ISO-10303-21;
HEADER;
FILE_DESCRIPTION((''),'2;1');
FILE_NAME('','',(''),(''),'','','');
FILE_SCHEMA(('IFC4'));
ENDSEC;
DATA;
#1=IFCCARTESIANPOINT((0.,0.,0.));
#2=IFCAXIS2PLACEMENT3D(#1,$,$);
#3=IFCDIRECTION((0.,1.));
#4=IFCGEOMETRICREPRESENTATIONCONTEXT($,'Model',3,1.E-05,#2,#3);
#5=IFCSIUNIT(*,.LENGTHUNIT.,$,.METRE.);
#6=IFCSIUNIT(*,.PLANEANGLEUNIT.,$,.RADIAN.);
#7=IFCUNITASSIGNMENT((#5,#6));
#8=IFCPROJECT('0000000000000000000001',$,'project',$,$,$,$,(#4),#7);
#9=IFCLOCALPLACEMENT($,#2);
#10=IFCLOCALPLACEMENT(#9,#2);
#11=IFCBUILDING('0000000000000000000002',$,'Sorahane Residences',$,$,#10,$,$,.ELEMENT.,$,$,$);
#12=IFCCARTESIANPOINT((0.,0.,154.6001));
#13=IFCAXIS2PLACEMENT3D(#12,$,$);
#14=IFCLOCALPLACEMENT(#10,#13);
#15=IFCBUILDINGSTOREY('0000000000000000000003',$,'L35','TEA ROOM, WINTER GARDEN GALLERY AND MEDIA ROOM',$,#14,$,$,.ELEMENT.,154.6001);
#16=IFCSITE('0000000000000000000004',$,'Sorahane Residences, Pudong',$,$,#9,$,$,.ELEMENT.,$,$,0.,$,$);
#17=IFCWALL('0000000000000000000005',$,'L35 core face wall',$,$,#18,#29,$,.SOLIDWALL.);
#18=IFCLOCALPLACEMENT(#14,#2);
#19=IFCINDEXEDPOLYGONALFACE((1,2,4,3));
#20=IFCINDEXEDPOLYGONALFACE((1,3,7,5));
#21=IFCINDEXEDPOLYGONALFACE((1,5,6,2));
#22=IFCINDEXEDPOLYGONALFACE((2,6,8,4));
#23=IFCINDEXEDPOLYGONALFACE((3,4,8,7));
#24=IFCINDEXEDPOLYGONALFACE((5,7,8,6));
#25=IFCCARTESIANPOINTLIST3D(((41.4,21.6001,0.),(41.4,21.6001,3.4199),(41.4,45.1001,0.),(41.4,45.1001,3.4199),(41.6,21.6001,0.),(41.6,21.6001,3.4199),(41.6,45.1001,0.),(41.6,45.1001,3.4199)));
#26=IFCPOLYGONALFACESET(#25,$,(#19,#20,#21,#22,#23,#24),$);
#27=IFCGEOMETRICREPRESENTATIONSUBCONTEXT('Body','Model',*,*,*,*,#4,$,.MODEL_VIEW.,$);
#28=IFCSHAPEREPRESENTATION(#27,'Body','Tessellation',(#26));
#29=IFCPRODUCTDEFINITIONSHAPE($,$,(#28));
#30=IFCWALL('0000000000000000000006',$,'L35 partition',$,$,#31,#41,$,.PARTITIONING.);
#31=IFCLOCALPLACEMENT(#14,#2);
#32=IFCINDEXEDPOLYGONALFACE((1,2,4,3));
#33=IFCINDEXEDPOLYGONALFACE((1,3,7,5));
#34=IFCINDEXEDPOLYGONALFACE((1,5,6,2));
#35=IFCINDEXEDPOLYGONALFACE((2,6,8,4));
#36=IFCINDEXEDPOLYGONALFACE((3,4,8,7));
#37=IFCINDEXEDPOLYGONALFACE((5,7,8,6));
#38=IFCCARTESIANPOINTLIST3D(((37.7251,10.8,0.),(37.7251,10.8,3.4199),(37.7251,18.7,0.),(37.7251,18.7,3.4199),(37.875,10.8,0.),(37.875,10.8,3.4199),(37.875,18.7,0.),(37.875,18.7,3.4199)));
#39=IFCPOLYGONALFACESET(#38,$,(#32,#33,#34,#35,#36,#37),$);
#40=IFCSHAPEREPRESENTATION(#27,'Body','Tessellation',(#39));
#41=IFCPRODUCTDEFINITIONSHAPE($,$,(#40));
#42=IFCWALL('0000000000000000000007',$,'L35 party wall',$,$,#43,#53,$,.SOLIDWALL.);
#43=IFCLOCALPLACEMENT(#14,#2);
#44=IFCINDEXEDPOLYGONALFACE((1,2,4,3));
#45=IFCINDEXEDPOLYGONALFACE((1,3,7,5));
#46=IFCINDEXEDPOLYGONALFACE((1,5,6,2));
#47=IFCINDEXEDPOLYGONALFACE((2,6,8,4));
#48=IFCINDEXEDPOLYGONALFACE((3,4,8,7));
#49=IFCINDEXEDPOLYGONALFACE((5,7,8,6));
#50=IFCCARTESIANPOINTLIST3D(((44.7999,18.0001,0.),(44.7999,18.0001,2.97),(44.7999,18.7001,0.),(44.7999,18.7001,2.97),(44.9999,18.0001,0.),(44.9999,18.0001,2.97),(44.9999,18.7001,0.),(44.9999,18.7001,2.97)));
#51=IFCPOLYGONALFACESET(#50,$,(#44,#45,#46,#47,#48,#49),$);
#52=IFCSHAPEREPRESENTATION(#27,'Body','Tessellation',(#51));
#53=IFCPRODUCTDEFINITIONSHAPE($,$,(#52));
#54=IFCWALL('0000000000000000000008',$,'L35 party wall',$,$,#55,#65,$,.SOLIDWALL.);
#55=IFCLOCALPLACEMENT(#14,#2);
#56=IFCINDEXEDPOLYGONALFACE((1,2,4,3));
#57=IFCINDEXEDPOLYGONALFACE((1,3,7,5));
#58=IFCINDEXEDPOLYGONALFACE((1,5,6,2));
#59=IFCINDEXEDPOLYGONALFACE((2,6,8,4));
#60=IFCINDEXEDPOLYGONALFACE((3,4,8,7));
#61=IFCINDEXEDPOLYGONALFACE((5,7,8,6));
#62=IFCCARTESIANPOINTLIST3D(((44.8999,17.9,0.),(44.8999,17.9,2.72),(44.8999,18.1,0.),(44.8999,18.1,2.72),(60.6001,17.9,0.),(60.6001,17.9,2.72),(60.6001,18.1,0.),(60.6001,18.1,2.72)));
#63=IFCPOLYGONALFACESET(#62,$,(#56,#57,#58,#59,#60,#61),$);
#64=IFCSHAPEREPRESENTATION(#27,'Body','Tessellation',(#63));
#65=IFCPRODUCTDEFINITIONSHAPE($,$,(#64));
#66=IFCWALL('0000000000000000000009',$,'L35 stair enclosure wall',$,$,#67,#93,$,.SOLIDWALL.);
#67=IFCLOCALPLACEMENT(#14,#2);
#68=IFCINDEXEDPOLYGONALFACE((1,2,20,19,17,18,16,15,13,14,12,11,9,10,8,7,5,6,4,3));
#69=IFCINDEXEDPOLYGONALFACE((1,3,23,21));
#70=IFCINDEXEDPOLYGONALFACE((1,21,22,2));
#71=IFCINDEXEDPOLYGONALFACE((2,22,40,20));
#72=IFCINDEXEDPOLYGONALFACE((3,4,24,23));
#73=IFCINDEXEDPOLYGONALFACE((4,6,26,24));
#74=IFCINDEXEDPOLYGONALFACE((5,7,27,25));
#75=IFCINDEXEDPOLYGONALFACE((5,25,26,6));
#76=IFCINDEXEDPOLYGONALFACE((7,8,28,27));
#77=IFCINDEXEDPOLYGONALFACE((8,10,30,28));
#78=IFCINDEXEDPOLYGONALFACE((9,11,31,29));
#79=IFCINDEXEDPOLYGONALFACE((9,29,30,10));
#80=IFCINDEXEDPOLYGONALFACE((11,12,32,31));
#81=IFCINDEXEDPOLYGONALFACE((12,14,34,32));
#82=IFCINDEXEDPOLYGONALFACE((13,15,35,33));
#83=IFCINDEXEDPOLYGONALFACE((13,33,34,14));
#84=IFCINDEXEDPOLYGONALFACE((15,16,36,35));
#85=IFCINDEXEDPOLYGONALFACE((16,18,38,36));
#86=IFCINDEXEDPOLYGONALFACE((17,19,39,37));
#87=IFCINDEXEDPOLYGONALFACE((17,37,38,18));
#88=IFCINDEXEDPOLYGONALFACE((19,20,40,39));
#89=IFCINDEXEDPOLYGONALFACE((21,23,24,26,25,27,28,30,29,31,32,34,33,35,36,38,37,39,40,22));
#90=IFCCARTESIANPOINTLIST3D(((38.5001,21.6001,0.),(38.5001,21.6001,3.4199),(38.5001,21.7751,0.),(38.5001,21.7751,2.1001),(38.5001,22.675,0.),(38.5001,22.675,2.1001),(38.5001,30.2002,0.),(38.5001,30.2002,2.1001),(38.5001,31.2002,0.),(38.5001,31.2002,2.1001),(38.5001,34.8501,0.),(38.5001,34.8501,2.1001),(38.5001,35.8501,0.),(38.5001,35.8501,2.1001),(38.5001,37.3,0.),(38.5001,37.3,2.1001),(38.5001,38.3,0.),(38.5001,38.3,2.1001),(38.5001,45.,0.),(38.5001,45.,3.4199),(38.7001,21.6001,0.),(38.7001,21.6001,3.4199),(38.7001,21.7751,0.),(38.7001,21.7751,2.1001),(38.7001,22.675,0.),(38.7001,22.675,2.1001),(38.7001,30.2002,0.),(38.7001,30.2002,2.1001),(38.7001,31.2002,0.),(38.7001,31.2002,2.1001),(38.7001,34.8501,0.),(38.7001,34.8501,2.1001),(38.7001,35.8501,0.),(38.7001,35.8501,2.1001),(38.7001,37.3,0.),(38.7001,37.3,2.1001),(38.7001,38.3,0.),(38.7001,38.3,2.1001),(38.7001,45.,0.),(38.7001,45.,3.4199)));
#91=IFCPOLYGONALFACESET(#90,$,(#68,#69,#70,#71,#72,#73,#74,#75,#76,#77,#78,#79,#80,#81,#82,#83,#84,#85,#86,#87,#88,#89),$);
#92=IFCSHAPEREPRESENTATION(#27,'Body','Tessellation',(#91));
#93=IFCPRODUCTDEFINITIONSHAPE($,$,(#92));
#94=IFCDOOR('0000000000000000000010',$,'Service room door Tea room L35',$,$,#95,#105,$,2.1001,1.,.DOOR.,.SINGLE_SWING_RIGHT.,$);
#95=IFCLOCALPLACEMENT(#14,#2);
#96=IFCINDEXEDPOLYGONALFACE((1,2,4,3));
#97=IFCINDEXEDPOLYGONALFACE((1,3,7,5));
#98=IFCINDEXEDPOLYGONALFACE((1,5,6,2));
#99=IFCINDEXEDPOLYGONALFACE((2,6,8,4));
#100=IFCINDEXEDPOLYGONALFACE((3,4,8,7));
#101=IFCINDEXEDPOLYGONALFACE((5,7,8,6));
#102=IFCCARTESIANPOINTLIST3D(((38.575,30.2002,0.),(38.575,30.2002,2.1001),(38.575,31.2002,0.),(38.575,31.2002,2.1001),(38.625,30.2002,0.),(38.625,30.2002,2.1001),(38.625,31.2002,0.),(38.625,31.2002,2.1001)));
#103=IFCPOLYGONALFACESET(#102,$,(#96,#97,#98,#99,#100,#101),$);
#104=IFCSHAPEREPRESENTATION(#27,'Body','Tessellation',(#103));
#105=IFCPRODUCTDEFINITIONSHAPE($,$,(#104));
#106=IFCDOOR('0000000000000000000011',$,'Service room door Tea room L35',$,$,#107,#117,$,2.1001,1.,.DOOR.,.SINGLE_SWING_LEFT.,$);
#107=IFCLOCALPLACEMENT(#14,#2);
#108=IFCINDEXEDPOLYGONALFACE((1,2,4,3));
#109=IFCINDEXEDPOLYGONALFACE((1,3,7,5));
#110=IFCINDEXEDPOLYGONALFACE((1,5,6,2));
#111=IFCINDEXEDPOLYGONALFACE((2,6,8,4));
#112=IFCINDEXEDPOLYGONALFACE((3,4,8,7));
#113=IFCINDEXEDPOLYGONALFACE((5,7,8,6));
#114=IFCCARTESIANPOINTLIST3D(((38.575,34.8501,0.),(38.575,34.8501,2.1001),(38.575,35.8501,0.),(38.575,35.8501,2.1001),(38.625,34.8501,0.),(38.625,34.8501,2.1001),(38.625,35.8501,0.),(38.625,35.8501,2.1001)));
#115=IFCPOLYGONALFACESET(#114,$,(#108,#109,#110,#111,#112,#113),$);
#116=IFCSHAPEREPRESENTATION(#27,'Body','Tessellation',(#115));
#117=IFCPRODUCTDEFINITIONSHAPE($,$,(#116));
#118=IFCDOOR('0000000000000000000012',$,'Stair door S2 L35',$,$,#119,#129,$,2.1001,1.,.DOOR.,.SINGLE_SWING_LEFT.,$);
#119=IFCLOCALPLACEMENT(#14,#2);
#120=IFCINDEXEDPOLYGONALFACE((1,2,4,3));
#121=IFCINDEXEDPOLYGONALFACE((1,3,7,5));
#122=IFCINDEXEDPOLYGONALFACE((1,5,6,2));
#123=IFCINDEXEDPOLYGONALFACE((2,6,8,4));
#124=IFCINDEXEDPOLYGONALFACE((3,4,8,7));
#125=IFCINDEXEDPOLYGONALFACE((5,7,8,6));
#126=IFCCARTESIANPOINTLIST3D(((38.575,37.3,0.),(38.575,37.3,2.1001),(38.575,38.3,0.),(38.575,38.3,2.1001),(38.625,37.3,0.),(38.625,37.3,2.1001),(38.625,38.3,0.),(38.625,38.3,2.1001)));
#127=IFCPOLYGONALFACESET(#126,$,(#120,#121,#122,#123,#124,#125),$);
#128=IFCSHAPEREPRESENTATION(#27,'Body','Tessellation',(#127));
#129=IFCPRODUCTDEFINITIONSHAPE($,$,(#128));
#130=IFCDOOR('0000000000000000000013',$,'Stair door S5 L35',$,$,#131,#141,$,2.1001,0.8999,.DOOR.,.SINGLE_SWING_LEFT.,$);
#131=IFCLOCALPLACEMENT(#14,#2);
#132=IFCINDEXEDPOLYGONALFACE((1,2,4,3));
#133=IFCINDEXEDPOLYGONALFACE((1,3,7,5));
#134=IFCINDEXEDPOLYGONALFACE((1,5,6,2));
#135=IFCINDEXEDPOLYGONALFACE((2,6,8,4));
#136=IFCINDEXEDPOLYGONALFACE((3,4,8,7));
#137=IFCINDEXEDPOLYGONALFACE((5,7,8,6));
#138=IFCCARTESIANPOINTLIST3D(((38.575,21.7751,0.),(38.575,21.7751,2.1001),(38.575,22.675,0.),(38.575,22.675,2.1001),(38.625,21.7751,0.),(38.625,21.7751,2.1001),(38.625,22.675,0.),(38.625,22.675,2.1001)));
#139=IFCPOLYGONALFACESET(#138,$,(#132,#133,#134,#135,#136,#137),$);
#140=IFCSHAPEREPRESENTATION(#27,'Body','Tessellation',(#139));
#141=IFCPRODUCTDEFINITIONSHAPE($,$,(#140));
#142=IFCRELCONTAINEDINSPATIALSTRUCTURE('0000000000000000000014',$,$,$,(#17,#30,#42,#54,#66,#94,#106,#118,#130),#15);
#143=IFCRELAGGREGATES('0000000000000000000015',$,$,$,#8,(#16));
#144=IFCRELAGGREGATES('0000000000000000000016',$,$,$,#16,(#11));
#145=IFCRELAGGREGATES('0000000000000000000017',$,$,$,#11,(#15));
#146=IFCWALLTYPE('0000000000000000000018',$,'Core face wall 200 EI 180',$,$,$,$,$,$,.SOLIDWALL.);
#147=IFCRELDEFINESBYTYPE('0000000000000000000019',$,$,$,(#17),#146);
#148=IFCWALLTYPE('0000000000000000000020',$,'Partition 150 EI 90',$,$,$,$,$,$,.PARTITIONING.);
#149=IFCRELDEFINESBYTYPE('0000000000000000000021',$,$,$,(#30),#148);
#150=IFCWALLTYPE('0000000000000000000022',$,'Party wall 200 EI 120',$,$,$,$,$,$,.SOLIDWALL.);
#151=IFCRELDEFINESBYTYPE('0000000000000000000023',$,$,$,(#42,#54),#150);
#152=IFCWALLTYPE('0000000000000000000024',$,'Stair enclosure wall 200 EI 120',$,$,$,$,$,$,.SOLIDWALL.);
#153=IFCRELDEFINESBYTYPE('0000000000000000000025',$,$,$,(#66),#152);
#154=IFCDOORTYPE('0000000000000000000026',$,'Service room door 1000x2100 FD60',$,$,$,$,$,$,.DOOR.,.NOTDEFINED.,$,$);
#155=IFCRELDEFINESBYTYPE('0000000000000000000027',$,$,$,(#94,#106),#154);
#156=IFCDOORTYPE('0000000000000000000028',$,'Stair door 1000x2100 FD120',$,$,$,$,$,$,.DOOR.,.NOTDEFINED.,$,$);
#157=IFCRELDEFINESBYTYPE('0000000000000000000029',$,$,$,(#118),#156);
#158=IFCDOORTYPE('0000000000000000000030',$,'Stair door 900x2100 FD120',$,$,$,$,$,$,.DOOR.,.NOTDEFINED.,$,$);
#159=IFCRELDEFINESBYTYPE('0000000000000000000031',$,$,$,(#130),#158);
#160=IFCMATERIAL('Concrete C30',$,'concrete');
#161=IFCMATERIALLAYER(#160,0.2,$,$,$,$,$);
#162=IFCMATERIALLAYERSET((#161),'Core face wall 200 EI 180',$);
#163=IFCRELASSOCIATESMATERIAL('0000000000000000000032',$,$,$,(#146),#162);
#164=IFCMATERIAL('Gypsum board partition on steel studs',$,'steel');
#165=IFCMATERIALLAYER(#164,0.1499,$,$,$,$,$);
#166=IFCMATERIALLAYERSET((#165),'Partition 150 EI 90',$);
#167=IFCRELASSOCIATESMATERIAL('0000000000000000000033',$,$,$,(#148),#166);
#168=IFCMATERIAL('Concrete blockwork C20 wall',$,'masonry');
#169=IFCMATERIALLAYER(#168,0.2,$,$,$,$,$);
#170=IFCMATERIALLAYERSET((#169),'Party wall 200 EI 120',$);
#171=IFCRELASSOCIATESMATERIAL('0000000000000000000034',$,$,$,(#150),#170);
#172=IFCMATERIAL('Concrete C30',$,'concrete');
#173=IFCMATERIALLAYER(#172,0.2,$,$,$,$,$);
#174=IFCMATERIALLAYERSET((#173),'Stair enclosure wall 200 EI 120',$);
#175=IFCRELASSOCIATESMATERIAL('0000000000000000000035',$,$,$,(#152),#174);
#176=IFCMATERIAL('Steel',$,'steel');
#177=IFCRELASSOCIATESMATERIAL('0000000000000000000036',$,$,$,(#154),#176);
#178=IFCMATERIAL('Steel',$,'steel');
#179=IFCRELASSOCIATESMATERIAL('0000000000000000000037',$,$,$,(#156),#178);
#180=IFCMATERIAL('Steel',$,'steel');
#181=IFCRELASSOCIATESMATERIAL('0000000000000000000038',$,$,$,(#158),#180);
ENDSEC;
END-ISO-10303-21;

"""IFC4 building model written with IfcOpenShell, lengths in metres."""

from ifc_helpers import new_model, si_unit, direction, frame, frame_2d, origin, place, context, subcontext, project, spatial, rectangle, extrude, material, layer, layer_set, type_object, element, fill, save


model = new_model("IFC4")

# Units and contexts
model_context = context("Model", 3, precision=1e-05, world=origin(), true_north=direction((0.0, 1.0)))
body_context = subcontext(model_context, "Body", "Model", "MODEL_VIEW")
ifc_project = project(units=[si_unit("LENGTHUNIT", "METRE"), si_unit("PLANEANGLEUNIT", "RADIAN")], contexts=[model_context])

# Site, building, storey
site_placement = place(None, origin())
site = spatial("IfcSite", under=ifc_project, at=site_placement, Name="Sorahane Residences, Pudong", CompositionType="ELEMENT", RefElevation=0.0)
building_placement = place(site_placement, origin())
building = spatial("IfcBuilding", under=site, at=building_placement, Name="Sorahane Residences", CompositionType="ELEMENT")
storey_placement = place(building_placement, frame((0.0, 0.0, 154.6001)))
storey = spatial("IfcBuildingStorey", under=building, at=storey_placement, Name="L35", Description="TEA ROOM, WINTER GARDEN GALLERY AND MEDIA ROOM", CompositionType="ELEMENT", Elevation=154.6001)

# Walls
ifc_material_1 = material(Name="Concrete C30", Category="concrete")
ifc_layer_1 = layer(ifc_material_1, 0.2)
ifc_layer_set_1 = layer_set([ifc_layer_1], Name="Core face wall 200 EI 180")
wall_type_1 = type_object("IfcWallType", Name="Core face wall 200 EI 180", PredefinedType="SOLIDWALL", material=ifc_layer_set_1)
wall_1_placement = place(storey_placement, frame((41.5, 21.6001, 0.0), z_axis=(0.0, 0.0, 1.0), x_axis=(0.0, 1.0, 0.0)))
element("IfcWall", 1, at=wall_1_placement, inside=storey, type_object=wall_type_1, Name="L35 core face wall", PredefinedType="SOLIDWALL", context=body_context, shape_type="SweptSolid", body=[
    extrude(rectangle(XDim=23.5, YDim=0.2, at=frame_2d((11.75, 0.0))), origin(), (0.0, 0.0, 1.0), 3.4199),
])
ifc_material_2 = material(Name="Gypsum board partition on steel studs", Category="steel")
ifc_layer_2 = layer(ifc_material_2, 0.1499)
ifc_layer_set_2 = layer_set([ifc_layer_2], Name="Partition 150 EI 90")
wall_type_2 = type_object("IfcWallType", Name="Partition 150 EI 90", PredefinedType="PARTITIONING", material=ifc_layer_set_2)
wall_2_placement = place(storey_placement, frame((37.8, 10.8, 0.0), z_axis=(0.0, 0.0, 1.0), x_axis=(0.0, 1.0, 0.0)))
element("IfcWall", 2, at=wall_2_placement, inside=storey, type_object=wall_type_2, Name="L35 partition", PredefinedType="PARTITIONING", context=body_context, shape_type="SweptSolid", body=[
    extrude(rectangle(XDim=7.8999, YDim=0.1499, at=frame_2d((3.95, 0.0))), origin(), (0.0, 0.0, 1.0), 3.4199),
])
ifc_material_3 = material(Name="Concrete blockwork C20 wall", Category="masonry")
ifc_layer_3 = layer(ifc_material_3, 0.2)
ifc_layer_set_3 = layer_set([ifc_layer_3], Name="Party wall 200 EI 120")
wall_type_3 = type_object("IfcWallType", Name="Party wall 200 EI 120", PredefinedType="SOLIDWALL", material=ifc_layer_set_3)
wall_3_placement = place(storey_placement, frame((44.8999, 18.0, 0.0), z_axis=(0.0, 0.0, 1.0), x_axis=(0.0, 1.0, 0.0)))
element("IfcWall", 3, at=wall_3_placement, inside=storey, type_object=wall_type_3, Name="L35 party wall", PredefinedType="SOLIDWALL", context=body_context, shape_type="SweptSolid", body=[
    extrude(rectangle(XDim=0.7, YDim=0.2, at=frame_2d((0.3501, 0.0))), origin(), (0.0, 0.0, 1.0), 2.97),
])
wall_4_placement = place(storey_placement, frame((44.8999, 18.0, 0.0), z_axis=(0.0, 0.0, 1.0), x_axis=(1.0, 0.0, 0.0)))
element("IfcWall", 4, at=wall_4_placement, inside=storey, type_object=wall_type_3, Name="L35 party wall", PredefinedType="SOLIDWALL", context=body_context, shape_type="SweptSolid", body=[
    extrude(rectangle(XDim=15.7002, YDim=0.2, at=frame_2d((7.8501, 0.0))), origin(), (0.0, 0.0, 1.0), 2.72),
])

# Wall, openings, doors
ifc_material_4 = material(Name="Concrete C30", Category="concrete")
ifc_layer_4 = layer(ifc_material_4, 0.2)
ifc_layer_set_4 = layer_set([ifc_layer_4], Name="Stair enclosure wall 200 EI 120")
wall_type_4 = type_object("IfcWallType", Name="Stair enclosure wall 200 EI 120", PredefinedType="SOLIDWALL", material=ifc_layer_set_4)
wall_5_placement = place(storey_placement, frame((38.6001, 21.6001, 0.0), z_axis=(0.0, 0.0, 1.0), x_axis=(0.0, 1.0, 0.0)))
wall_5 = element("IfcWall", 5, at=wall_5_placement, inside=storey, type_object=wall_type_4, Name="L35 stair enclosure wall", PredefinedType="SOLIDWALL", context=body_context, shape_type="SweptSolid", body=[
    extrude(rectangle(XDim=23.3999, YDim=0.2, at=frame_2d((11.7, 0.0))), origin(), (0.0, 0.0, 1.0), 3.4199),
])
opening_1_placement = place(wall_5_placement, frame((8.6001, 0.0, 0.0)))
opening_1 = element("IfcOpeningElement", 6, at=opening_1_placement, cuts=wall_5, PredefinedType="OPENING", context=body_context, shape_type="SweptSolid", body=[
    extrude(rectangle(XDim=1.0, YDim=2.1001, at=frame_2d((0.5, 1.05))), frame((0.0, 0.1099, 0.0), z_axis=(0.0, -1.0, 0.0), x_axis=(1.0, 0.0, 0.0)), (0.0, 0.0, 1.0), 0.22),
])
opening_2_placement = place(wall_5_placement, frame((13.25, 0.0, 0.0)))
opening_2 = element("IfcOpeningElement", 7, at=opening_2_placement, cuts=wall_5, PredefinedType="OPENING", context=body_context, shape_type="SweptSolid", body=[
    extrude(rectangle(XDim=1.0, YDim=2.1001, at=frame_2d((0.5, 1.05))), frame((0.0, 0.1099, 0.0), z_axis=(0.0, -1.0, 0.0), x_axis=(1.0, 0.0, 0.0)), (0.0, 0.0, 1.0), 0.22),
])
opening_3_placement = place(wall_5_placement, frame((15.7, 0.0, 0.0)))
opening_3 = element("IfcOpeningElement", 8, at=opening_3_placement, cuts=wall_5, PredefinedType="OPENING", context=body_context, shape_type="SweptSolid", body=[
    extrude(rectangle(XDim=1.0, YDim=2.1001, at=frame_2d((0.5, 1.05))), frame((0.0, 0.1099, 0.0), z_axis=(0.0, -1.0, 0.0), x_axis=(1.0, 0.0, 0.0)), (0.0, 0.0, 1.0), 0.22),
])
opening_4_placement = place(wall_5_placement, frame((0.175, 0.0, 0.0)))
opening_4 = element("IfcOpeningElement", 9, at=opening_4_placement, cuts=wall_5, PredefinedType="OPENING", context=body_context, shape_type="SweptSolid", body=[
    extrude(rectangle(XDim=0.8999, YDim=2.1001, at=frame_2d((0.45, 1.05))), frame((0.0, 0.1099, 0.0), z_axis=(0.0, -1.0, 0.0), x_axis=(1.0, 0.0, 0.0)), (0.0, 0.0, 1.0), 0.22),
])
ifc_material_5 = material(Name="Steel", Category="steel")
door_type_1 = type_object("IfcDoorType", Name="Service room door 1000x2100 FD60", OperationType="NOTDEFINED", PredefinedType="DOOR", material=ifc_material_5)
door_1_placement = place(opening_1_placement, frame((1.0, 0.0, 0.0), z_axis=(0.0, 0.0, 1.0), x_axis=(-1.0, 0.0, 0.0)))
door_1 = element("IfcDoor", 10, at=door_1_placement, inside=storey, type_object=door_type_1, Name="Service room door Tea room L35", OperationType="SINGLE_SWING_RIGHT", OverallHeight=2.1001, OverallWidth=1.0, PredefinedType="DOOR", context=body_context, shape_type="SweptSolid", body=[
    extrude(rectangle(XDim=1.0, YDim=2.1001, at=frame_2d((0.5, 1.05))), frame((0.0, 0.0249, 0.0), z_axis=(0.0, -1.0, 0.0), x_axis=(1.0, 0.0, 0.0)), (0.0, 0.0, 1.0), 0.05),
])
fill(opening_1, door_1)
door_2_placement = place(opening_2_placement, frame((1.0, 0.0, 0.0), z_axis=(0.0, 0.0, 1.0), x_axis=(-1.0, 0.0, 0.0)))
door_2 = element("IfcDoor", 11, at=door_2_placement, inside=storey, type_object=door_type_1, Name="Service room door Tea room L35", OperationType="SINGLE_SWING_LEFT", OverallHeight=2.1001, OverallWidth=1.0, PredefinedType="DOOR", context=body_context, shape_type="SweptSolid", body=[
    extrude(rectangle(XDim=1.0, YDim=2.1001, at=frame_2d((0.5, 1.05))), frame((0.0, 0.0249, 0.0), z_axis=(0.0, -1.0, 0.0), x_axis=(1.0, 0.0, 0.0)), (0.0, 0.0, 1.0), 0.05),
])
fill(opening_2, door_2)
ifc_material_6 = material(Name="Steel", Category="steel")
door_type_2 = type_object("IfcDoorType", Name="Stair door 1000x2100 FD120", OperationType="NOTDEFINED", PredefinedType="DOOR", material=ifc_material_6)
door_3_placement = place(opening_3_placement, frame((1.0, 0.0, 0.0), z_axis=(0.0, 0.0, 1.0), x_axis=(-1.0, 0.0, 0.0)))
door_3 = element("IfcDoor", 12, at=door_3_placement, inside=storey, type_object=door_type_2, Name="Stair door S2 L35", OperationType="SINGLE_SWING_LEFT", OverallHeight=2.1001, OverallWidth=1.0, PredefinedType="DOOR", context=body_context, shape_type="SweptSolid", body=[
    extrude(rectangle(XDim=1.0, YDim=2.1001, at=frame_2d((0.5, 1.05))), frame((0.0, 0.0249, 0.0), z_axis=(0.0, -1.0, 0.0), x_axis=(1.0, 0.0, 0.0)), (0.0, 0.0, 1.0), 0.05),
])
fill(opening_3, door_3)
ifc_material_7 = material(Name="Steel", Category="steel")
door_type_3 = type_object("IfcDoorType", Name="Stair door 900x2100 FD120", OperationType="NOTDEFINED", PredefinedType="DOOR", material=ifc_material_7)
door_4_placement = place(opening_4_placement, frame((0.8999, 0.0, 0.0), z_axis=(0.0, 0.0, 1.0), x_axis=(-1.0, 0.0, 0.0)))
door_4 = element("IfcDoor", 13, at=door_4_placement, inside=storey, type_object=door_type_3, Name="Stair door S5 L35", OperationType="SINGLE_SWING_LEFT", OverallHeight=2.1001, OverallWidth=0.8999, PredefinedType="DOOR", context=body_context, shape_type="SweptSolid", body=[
    extrude(rectangle(XDim=0.8999, YDim=2.1001, at=frame_2d((0.45, 1.05))), frame((0.0, 0.0249, 0.0), z_axis=(0.0, -1.0, 0.0), x_axis=(1.0, 0.0, 0.0)), (0.0, 0.0, 1.0), 0.05),
])
fill(opening_4, door_4)

save(model, "model.ifc")
